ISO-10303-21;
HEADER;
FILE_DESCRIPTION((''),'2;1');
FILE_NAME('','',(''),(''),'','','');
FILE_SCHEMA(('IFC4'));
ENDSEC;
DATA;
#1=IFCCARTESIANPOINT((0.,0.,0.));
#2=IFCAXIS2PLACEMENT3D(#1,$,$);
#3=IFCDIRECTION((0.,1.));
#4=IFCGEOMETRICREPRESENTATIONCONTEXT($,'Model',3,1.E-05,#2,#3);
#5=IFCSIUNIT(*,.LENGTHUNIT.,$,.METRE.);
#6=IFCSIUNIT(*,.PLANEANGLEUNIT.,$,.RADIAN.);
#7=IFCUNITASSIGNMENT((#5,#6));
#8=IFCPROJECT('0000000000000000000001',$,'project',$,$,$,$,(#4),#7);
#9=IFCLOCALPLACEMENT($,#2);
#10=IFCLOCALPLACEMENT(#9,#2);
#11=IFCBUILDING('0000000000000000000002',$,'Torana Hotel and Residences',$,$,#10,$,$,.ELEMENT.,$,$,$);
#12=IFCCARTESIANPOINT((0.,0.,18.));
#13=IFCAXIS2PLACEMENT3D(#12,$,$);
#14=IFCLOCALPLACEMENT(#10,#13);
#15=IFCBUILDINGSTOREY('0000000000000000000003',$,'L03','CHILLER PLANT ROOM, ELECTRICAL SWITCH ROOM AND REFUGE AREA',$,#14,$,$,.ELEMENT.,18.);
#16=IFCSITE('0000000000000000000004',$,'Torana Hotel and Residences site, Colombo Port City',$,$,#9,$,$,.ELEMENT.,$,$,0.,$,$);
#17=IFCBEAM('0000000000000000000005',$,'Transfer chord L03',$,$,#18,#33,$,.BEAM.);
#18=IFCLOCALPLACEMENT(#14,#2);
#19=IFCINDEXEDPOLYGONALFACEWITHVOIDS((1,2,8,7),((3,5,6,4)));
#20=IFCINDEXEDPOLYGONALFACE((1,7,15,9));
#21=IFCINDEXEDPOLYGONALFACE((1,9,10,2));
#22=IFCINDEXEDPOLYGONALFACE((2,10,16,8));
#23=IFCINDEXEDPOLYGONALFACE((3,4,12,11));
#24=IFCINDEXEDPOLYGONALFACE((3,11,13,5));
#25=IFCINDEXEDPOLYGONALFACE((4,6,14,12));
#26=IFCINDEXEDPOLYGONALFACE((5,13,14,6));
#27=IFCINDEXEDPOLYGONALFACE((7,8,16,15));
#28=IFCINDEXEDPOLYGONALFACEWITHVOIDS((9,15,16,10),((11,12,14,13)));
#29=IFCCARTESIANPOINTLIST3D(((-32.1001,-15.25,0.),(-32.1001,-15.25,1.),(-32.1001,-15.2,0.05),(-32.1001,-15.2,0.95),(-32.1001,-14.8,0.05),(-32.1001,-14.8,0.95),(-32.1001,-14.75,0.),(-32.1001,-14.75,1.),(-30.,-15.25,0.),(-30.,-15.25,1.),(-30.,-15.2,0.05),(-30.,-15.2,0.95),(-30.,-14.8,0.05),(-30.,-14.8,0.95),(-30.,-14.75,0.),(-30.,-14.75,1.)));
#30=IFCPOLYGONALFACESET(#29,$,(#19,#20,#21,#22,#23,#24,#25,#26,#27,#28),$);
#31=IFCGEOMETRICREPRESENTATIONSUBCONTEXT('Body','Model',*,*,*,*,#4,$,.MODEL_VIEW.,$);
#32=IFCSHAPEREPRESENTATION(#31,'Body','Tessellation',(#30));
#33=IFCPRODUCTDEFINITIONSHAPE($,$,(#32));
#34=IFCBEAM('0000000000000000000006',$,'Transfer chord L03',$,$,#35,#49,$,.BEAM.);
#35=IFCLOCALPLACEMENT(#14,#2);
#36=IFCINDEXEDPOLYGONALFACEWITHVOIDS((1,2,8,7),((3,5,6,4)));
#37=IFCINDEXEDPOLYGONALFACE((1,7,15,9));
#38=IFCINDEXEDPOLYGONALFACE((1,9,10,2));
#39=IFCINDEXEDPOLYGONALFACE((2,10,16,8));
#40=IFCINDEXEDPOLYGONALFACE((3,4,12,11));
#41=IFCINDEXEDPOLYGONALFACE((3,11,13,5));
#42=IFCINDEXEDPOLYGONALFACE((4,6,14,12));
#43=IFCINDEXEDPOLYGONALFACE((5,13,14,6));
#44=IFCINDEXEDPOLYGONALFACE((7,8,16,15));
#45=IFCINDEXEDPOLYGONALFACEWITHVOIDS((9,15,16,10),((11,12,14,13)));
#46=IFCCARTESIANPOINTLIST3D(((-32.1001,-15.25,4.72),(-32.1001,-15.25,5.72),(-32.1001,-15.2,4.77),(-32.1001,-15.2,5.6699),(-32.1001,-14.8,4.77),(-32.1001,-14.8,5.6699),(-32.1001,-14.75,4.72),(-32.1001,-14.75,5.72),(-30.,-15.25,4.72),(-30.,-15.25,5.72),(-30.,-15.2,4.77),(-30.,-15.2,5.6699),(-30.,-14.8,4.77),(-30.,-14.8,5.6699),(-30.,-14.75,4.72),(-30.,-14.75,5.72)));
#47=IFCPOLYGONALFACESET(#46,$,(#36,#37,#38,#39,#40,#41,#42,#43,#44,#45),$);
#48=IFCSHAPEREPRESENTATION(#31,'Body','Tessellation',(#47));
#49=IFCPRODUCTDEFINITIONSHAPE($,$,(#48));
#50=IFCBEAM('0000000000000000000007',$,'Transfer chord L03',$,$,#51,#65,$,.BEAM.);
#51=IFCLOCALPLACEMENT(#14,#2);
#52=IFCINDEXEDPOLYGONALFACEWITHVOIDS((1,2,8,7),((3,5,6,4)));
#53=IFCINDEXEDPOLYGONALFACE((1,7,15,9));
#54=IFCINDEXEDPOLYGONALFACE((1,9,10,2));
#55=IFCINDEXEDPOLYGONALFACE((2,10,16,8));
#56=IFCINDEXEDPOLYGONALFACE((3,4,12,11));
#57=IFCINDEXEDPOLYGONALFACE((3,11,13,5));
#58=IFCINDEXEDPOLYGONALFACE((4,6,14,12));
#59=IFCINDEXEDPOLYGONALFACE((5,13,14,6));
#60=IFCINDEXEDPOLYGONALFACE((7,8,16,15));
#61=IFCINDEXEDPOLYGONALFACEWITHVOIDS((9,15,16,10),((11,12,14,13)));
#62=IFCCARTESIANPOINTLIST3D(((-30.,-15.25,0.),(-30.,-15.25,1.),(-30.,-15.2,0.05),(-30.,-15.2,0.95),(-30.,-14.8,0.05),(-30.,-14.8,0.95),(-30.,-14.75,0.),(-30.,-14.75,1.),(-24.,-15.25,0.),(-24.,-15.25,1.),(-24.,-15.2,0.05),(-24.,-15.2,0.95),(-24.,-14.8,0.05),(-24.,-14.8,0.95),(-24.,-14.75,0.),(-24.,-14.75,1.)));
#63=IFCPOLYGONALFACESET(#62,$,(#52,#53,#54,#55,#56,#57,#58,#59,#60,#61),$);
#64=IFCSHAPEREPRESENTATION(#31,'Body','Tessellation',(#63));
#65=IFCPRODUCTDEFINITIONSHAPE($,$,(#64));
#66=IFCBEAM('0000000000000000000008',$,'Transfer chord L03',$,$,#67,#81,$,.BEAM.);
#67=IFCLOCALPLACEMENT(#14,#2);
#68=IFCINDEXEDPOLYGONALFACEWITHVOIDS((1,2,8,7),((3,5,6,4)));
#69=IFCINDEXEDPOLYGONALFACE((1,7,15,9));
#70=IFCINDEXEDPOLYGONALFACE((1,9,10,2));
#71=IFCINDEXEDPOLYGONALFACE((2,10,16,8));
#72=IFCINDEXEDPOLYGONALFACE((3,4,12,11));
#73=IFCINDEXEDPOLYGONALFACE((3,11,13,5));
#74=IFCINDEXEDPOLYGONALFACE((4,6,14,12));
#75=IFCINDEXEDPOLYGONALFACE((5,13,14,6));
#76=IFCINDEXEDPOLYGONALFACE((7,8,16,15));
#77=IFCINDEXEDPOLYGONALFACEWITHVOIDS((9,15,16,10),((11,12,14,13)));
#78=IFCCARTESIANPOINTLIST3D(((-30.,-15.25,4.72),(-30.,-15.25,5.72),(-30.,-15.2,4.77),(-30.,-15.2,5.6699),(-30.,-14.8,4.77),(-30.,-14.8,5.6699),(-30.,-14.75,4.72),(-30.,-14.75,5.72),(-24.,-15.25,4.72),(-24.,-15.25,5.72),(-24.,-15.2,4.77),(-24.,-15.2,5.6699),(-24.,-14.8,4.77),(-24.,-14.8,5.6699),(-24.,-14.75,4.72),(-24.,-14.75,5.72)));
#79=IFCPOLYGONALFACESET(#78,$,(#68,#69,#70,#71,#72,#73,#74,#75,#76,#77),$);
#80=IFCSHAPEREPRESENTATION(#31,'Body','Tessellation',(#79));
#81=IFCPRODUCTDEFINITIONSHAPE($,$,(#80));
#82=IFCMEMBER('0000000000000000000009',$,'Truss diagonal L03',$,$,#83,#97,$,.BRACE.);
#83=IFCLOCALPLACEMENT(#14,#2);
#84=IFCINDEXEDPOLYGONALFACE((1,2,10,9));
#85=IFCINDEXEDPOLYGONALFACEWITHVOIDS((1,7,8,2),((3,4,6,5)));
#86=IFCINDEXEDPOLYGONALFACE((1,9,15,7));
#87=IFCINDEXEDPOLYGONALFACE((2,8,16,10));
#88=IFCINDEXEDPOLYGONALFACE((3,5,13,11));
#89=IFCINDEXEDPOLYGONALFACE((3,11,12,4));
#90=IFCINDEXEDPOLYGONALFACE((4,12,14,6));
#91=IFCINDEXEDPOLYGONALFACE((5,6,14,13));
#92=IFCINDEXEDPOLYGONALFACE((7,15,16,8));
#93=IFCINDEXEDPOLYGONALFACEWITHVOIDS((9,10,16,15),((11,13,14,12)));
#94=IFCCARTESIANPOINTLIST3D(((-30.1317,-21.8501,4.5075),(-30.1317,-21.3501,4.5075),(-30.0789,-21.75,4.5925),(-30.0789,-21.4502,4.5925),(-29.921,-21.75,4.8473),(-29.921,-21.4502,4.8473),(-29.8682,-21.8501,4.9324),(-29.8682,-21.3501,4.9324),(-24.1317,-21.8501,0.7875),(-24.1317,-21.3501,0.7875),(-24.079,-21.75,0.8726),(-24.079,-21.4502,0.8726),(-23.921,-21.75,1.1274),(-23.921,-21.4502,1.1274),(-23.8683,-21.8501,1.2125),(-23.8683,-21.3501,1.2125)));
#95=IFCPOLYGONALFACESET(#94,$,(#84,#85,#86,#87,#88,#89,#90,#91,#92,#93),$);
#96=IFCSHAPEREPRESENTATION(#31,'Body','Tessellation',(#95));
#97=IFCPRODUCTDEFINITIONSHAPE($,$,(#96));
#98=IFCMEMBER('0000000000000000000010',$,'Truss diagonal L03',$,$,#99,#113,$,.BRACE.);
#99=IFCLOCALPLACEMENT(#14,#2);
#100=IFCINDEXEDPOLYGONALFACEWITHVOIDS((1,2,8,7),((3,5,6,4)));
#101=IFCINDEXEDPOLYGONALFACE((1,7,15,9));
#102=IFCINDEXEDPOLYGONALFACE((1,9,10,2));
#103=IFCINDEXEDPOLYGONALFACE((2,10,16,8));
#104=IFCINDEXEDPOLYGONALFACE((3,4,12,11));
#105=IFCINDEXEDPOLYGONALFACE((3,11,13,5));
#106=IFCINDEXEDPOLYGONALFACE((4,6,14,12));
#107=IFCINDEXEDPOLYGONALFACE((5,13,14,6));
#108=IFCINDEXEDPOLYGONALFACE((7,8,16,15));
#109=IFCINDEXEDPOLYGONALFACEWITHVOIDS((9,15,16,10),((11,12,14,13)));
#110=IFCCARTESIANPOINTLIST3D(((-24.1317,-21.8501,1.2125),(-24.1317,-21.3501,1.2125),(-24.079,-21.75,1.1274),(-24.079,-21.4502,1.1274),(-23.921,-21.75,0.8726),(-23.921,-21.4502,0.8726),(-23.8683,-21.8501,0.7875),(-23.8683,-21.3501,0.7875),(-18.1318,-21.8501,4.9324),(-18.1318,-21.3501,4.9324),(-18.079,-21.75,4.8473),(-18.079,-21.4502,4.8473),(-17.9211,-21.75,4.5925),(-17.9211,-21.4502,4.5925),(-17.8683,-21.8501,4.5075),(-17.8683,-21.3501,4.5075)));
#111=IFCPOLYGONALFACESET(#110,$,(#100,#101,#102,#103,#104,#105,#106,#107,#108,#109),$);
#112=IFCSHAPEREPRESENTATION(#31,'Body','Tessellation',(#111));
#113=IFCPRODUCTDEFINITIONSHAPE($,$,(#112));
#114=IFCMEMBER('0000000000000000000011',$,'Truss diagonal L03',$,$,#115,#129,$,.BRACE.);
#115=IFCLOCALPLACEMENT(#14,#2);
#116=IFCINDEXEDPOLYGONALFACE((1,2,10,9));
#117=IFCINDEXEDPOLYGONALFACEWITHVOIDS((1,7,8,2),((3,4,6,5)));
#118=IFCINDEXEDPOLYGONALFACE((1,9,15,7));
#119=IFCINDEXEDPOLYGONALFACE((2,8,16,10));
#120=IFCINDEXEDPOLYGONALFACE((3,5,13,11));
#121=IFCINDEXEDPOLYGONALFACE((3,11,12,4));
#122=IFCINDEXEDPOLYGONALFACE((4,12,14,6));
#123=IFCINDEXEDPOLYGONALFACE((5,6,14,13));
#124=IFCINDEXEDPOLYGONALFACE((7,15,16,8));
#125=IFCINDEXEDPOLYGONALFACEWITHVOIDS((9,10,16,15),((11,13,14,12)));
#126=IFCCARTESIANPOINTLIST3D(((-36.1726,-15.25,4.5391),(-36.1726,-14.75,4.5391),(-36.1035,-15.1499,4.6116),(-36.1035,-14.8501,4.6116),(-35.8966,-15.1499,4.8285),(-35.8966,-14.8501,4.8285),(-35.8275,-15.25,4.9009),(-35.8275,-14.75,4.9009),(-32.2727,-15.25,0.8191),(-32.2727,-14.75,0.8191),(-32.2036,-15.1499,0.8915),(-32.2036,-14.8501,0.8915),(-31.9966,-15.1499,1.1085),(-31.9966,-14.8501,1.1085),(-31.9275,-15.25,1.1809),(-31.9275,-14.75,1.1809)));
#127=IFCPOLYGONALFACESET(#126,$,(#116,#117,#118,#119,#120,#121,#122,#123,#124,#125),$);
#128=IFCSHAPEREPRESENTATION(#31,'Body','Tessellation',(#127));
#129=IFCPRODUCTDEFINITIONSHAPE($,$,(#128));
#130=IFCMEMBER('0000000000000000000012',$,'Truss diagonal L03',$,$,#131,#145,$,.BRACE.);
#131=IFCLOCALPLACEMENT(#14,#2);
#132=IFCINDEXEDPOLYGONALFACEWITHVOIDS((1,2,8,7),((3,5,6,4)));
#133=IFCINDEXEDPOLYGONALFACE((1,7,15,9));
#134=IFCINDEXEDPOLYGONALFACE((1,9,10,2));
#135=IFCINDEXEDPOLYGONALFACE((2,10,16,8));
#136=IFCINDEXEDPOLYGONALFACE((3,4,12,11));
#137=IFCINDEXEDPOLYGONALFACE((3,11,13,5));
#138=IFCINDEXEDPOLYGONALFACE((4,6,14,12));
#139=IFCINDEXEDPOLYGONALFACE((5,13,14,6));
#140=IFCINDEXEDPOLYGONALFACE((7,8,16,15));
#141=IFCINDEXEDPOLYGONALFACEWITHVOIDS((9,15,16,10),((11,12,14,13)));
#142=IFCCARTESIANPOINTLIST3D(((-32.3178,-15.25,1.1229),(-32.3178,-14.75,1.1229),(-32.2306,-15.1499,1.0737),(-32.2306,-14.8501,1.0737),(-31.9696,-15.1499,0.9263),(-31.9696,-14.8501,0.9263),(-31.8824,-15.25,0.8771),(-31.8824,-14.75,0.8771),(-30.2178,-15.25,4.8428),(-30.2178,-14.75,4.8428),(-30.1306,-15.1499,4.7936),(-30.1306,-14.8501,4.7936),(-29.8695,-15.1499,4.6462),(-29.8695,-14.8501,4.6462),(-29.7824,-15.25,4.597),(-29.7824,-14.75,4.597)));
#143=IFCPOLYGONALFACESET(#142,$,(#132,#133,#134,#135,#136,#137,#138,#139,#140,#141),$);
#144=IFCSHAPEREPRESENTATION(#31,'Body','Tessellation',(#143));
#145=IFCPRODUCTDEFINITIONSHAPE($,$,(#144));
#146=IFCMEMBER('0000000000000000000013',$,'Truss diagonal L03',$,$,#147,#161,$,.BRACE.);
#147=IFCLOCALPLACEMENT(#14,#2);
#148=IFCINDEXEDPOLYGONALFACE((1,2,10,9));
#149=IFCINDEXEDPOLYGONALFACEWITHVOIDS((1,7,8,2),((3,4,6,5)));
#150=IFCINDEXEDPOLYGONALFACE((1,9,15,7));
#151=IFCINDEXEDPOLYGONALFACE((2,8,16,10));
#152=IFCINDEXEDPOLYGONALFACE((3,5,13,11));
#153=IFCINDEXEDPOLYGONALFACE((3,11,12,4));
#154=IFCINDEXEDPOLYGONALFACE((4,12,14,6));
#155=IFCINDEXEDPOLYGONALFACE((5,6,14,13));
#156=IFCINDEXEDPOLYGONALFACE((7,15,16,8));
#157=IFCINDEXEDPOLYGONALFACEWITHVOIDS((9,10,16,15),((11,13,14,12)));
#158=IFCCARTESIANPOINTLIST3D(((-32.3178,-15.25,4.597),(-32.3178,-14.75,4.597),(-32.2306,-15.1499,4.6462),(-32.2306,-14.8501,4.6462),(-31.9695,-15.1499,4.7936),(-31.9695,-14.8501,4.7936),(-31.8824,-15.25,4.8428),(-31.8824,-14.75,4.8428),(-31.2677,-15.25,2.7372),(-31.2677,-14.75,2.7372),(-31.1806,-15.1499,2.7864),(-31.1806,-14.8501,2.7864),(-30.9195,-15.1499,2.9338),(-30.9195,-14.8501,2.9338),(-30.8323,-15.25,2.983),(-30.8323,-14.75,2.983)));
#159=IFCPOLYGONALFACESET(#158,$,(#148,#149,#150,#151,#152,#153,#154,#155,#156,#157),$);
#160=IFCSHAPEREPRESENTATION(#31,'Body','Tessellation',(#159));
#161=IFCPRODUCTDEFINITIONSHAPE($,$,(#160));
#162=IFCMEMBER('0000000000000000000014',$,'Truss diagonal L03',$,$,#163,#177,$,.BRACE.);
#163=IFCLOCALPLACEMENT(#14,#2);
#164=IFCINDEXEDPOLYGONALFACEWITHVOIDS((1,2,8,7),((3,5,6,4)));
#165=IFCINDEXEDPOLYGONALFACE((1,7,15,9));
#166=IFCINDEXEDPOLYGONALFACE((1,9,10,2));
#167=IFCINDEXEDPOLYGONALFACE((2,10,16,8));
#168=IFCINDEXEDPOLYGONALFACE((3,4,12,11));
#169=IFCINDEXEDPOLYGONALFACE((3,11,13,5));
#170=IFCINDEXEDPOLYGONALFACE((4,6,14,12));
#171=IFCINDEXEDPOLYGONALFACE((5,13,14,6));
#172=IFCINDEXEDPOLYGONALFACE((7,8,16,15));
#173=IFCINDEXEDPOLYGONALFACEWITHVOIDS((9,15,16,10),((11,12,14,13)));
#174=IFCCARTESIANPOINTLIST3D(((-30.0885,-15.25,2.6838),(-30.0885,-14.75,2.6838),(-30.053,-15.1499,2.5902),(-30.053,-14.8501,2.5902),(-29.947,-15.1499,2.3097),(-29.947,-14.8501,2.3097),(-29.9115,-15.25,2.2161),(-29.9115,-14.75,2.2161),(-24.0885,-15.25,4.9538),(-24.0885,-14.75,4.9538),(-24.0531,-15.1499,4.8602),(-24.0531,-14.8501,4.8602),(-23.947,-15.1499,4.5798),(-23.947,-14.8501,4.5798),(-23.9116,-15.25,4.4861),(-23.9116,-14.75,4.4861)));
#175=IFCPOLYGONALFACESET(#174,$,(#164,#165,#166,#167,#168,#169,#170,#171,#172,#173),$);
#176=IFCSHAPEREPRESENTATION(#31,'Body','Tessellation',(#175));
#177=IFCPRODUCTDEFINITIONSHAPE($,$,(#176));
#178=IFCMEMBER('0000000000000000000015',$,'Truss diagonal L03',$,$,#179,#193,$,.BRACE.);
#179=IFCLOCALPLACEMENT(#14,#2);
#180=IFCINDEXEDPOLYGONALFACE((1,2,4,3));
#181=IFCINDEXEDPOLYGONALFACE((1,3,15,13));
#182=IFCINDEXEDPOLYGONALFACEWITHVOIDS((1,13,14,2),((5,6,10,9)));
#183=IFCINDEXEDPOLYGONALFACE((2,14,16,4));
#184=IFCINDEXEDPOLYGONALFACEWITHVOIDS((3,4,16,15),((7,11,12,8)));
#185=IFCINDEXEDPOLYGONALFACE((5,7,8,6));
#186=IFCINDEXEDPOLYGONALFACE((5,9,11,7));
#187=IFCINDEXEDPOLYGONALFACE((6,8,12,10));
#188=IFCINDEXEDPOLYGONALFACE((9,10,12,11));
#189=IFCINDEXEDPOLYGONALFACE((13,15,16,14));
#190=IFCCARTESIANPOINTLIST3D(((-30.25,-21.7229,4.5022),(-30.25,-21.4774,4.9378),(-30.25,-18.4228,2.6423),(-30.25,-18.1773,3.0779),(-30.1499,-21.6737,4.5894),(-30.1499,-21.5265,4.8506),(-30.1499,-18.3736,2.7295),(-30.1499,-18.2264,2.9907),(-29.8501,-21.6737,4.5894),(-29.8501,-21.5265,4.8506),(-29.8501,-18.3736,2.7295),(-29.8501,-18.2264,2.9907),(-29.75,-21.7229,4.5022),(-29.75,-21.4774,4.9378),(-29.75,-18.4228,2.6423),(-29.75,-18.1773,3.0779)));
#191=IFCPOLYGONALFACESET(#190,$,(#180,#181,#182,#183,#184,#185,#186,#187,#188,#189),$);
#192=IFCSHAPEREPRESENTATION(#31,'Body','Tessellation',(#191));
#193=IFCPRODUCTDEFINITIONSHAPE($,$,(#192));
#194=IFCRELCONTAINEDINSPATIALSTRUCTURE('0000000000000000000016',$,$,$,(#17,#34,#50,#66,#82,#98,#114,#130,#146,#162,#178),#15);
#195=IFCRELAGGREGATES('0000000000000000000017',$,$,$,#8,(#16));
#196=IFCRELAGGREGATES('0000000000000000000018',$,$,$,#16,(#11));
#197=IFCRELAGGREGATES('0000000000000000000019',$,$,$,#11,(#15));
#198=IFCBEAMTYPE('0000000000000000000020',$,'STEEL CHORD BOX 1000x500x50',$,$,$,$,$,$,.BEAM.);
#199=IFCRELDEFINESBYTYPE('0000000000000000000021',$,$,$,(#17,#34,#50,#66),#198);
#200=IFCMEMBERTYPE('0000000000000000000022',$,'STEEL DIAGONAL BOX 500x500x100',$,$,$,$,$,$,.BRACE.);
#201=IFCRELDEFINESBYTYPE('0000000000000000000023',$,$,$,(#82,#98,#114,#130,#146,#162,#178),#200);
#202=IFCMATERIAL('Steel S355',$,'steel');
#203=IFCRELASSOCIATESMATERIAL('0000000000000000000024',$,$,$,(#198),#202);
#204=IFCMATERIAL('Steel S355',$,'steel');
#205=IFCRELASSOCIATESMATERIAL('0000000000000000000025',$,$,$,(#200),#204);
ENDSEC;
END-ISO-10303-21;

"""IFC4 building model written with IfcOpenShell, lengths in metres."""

from ifc_helpers import new_model, si_unit, direction, frame, origin, origin_2d, place, context, subcontext, project, spatial, hollow_rectangle, extrude, material, material_profile, profile_set, type_object, element, save


model = new_model("IFC4")

# Units and contexts
model_context = context("Model", 3, precision=1e-05, world=origin(), true_north=direction((0.0, 1.0)))
body_context = subcontext(model_context, "Body", "Model", "MODEL_VIEW")
ifc_project = project(units=[si_unit("LENGTHUNIT", "METRE"), si_unit("PLANEANGLEUNIT", "RADIAN")], contexts=[model_context])

# Site, building, storey
site_placement = place(None, origin())
site = spatial("IfcSite", under=ifc_project, at=site_placement, Name="Torana Hotel and Residences site, Colombo Port City", CompositionType="ELEMENT", RefElevation=0.0)
building_placement = place(site_placement, origin())
building = spatial("IfcBuilding", under=site, at=building_placement, Name="Torana Hotel and Residences", CompositionType="ELEMENT")
storey_placement = place(building_placement, frame((0.0, 0.0, 18.0)))
storey = spatial("IfcBuildingStorey", under=building, at=storey_placement, Name="L03", Description="CHILLER PLANT ROOM, ELECTRICAL SWITCH ROOM AND REFUGE AREA", CompositionType="ELEMENT", Elevation=18.0)

# Beams
ifc_material_1 = material(Name="Steel S355", Category="steel")
ifc_material_profile_1 = material_profile(ifc_material_1, hollow_rectangle(XDim=0.5, YDim=1.0, WallThickness=0.05, at=origin_2d()), Name="BOX 1000x500x50")
ifc_profile_set_1 = profile_set([ifc_material_profile_1], Name="Steel S355")
beam_type = type_object("IfcBeamType", Name="STEEL CHORD BOX 1000x500x50", PredefinedType="BEAM", material=ifc_profile_set_1)
for number, where, z_axis, x_axis, name in (
    (1, (-32.1001, -15.0, 0.5), (1.0, 0.0, 0.0), (0.0, 1.0, 0.0), "Transfer chord L03"),
    (2, (-32.1001, -15.0, 5.22), (1.0, 0.0, 0.0), (0.0, 1.0, 0.0), "Transfer chord L03"),
):
    element("IfcBeam", number, at=place(storey_placement, frame(where, z_axis=z_axis, x_axis=x_axis)), inside=storey, type_object=beam_type, Name=name, PredefinedType="BEAM", context=body_context, shape_type="SweptSolid", body=[
        extrude(hollow_rectangle(XDim=0.5, YDim=1.0, WallThickness=0.05, at=origin_2d()), origin(), (0.0, 0.0, 1.0), 2.1001),
    ])
for number, where, z_axis, x_axis, name in (
    (3, (-30.0, -15.0, 0.5), (1.0, 0.0, 0.0), (0.0, 1.0, 0.0), "Transfer chord L03"),
    (4, (-30.0, -15.0, 5.22), (1.0, 0.0, 0.0), (0.0, 1.0, 0.0), "Transfer chord L03"),
):
    element("IfcBeam", number, at=place(storey_placement, frame(where, z_axis=z_axis, x_axis=x_axis)), inside=storey, type_object=beam_type, Name=name, PredefinedType="BEAM", context=body_context, shape_type="SweptSolid", body=[
        extrude(hollow_rectangle(XDim=0.5, YDim=1.0, WallThickness=0.05, at=origin_2d()), origin(), (0.0, 0.0, 1.0), 6.0),
    ])

# Members
ifc_material_2 = material(Name="Steel S355", Category="steel")
ifc_material_profile_2 = material_profile(ifc_material_2, hollow_rectangle(XDim=0.5, YDim=0.5, WallThickness=0.1001, at=origin_2d()), Name="BOX 500x500x100")
ifc_profile_set_2 = profile_set([ifc_material_profile_2], Name="Steel S355")
member_type_1 = type_object("IfcMemberType", Name="STEEL DIAGONAL BOX 500x500x100", PredefinedType="BRACE", material=ifc_profile_set_2)
for number, where, z_axis, x_axis, name in (
    (5, (-24.0, -21.6001, 1.0), (-0.849905, 0.0, 0.526937), (0.0, -1.0, 0.0), "Truss diagonal L03"),
    (6, (-24.0, -21.6001, 1.0), (0.849905, 0.0, 0.526937), (0.0, 1.0, 0.0), "Truss diagonal L03"),
):
    element("IfcMember", number, at=place(storey_placement, frame(where, z_axis=z_axis, x_axis=x_axis)), inside=storey, type_object=member_type_1, Name=name, PredefinedType="BRACE", context=body_context, shape_type="SweptSolid", body=[
        extrude(hollow_rectangle(XDim=0.5, YDim=0.5, WallThickness=0.1001, at=origin_2d()), origin(), (0.0, 0.0, 1.0), 7.0596),
    ])
member_1_placement = place(storey_placement, frame((-32.1001, -15.0, 1.0), z_axis=(-0.723602, 0.0, 0.690217), x_axis=(0.0, -1.0, 0.0)))
element("IfcMember", 7, at=member_1_placement, inside=storey, type_object=member_type_1, Name="Truss diagonal L03", PredefinedType="BRACE", context=body_context, shape_type="SweptSolid", body=[
    extrude(hollow_rectangle(XDim=0.5, YDim=0.5, WallThickness=0.1001, at=origin_2d()), origin(), (0.0, 0.0, 1.0), 5.3896),
])
member_2_placement = place(storey_placement, frame((-32.1001, -15.0, 1.0), z_axis=(0.491615, 0.0, 0.870813), x_axis=(0.0, 1.0, 0.0)))
element("IfcMember", 8, at=member_2_placement, inside=storey, type_object=member_type_1, Name="Truss diagonal L03", PredefinedType="BRACE", context=body_context, shape_type="SweptSolid", body=[
    extrude(hollow_rectangle(XDim=0.5, YDim=0.5, WallThickness=0.1001, at=origin_2d()), origin(), (0.0, 0.0, 1.0), 4.2717),
])
member_3_placement = place(storey_placement, frame((-31.05, -15.0, 2.8601), z_axis=(-0.491639, 0.0, 0.870799), x_axis=(0.0, -1.0, 0.0)))
element("IfcMember", 9, at=member_3_placement, inside=storey, type_object=member_type_1, Name="Truss diagonal L03", PredefinedType="BRACE", context=body_context, shape_type="SweptSolid", body=[
    extrude(hollow_rectangle(XDim=0.5, YDim=0.5, WallThickness=0.1001, at=origin_2d()), origin(), (0.0, 0.0, 1.0), 2.1357),
])
member_4_placement = place(storey_placement, frame((-30.0, -15.0, 2.45), z_axis=(0.935299, 0.0, 0.353858), x_axis=(0.0, 1.0, 0.0)))
element("IfcMember", 10, at=member_4_placement, inside=storey, type_object=member_type_1, Name="Truss diagonal L03", PredefinedType="BRACE", context=body_context, shape_type="SweptSolid", body=[
    extrude(hollow_rectangle(XDim=0.5, YDim=0.5, WallThickness=0.1001, at=origin_2d()), origin(), (0.0, 0.0, 1.0), 6.415),
])
member_5_placement = place(storey_placement, frame((-30.0, -18.3, 2.8601), z_axis=(0.0, -0.871171, 0.49098), x_axis=(1.0, 0.0, 0.0)))
element("IfcMember", 11, at=member_5_placement, inside=storey, type_object=member_type_1, Name="Truss diagonal L03", PredefinedType="BRACE", context=body_context, shape_type="SweptSolid", body=[
    extrude(hollow_rectangle(XDim=0.5, YDim=0.5, WallThickness=0.1001, at=origin_2d()), origin(), (0.0, 0.0, 1.0), 3.7881),
])

save(model, "model.ifc")
